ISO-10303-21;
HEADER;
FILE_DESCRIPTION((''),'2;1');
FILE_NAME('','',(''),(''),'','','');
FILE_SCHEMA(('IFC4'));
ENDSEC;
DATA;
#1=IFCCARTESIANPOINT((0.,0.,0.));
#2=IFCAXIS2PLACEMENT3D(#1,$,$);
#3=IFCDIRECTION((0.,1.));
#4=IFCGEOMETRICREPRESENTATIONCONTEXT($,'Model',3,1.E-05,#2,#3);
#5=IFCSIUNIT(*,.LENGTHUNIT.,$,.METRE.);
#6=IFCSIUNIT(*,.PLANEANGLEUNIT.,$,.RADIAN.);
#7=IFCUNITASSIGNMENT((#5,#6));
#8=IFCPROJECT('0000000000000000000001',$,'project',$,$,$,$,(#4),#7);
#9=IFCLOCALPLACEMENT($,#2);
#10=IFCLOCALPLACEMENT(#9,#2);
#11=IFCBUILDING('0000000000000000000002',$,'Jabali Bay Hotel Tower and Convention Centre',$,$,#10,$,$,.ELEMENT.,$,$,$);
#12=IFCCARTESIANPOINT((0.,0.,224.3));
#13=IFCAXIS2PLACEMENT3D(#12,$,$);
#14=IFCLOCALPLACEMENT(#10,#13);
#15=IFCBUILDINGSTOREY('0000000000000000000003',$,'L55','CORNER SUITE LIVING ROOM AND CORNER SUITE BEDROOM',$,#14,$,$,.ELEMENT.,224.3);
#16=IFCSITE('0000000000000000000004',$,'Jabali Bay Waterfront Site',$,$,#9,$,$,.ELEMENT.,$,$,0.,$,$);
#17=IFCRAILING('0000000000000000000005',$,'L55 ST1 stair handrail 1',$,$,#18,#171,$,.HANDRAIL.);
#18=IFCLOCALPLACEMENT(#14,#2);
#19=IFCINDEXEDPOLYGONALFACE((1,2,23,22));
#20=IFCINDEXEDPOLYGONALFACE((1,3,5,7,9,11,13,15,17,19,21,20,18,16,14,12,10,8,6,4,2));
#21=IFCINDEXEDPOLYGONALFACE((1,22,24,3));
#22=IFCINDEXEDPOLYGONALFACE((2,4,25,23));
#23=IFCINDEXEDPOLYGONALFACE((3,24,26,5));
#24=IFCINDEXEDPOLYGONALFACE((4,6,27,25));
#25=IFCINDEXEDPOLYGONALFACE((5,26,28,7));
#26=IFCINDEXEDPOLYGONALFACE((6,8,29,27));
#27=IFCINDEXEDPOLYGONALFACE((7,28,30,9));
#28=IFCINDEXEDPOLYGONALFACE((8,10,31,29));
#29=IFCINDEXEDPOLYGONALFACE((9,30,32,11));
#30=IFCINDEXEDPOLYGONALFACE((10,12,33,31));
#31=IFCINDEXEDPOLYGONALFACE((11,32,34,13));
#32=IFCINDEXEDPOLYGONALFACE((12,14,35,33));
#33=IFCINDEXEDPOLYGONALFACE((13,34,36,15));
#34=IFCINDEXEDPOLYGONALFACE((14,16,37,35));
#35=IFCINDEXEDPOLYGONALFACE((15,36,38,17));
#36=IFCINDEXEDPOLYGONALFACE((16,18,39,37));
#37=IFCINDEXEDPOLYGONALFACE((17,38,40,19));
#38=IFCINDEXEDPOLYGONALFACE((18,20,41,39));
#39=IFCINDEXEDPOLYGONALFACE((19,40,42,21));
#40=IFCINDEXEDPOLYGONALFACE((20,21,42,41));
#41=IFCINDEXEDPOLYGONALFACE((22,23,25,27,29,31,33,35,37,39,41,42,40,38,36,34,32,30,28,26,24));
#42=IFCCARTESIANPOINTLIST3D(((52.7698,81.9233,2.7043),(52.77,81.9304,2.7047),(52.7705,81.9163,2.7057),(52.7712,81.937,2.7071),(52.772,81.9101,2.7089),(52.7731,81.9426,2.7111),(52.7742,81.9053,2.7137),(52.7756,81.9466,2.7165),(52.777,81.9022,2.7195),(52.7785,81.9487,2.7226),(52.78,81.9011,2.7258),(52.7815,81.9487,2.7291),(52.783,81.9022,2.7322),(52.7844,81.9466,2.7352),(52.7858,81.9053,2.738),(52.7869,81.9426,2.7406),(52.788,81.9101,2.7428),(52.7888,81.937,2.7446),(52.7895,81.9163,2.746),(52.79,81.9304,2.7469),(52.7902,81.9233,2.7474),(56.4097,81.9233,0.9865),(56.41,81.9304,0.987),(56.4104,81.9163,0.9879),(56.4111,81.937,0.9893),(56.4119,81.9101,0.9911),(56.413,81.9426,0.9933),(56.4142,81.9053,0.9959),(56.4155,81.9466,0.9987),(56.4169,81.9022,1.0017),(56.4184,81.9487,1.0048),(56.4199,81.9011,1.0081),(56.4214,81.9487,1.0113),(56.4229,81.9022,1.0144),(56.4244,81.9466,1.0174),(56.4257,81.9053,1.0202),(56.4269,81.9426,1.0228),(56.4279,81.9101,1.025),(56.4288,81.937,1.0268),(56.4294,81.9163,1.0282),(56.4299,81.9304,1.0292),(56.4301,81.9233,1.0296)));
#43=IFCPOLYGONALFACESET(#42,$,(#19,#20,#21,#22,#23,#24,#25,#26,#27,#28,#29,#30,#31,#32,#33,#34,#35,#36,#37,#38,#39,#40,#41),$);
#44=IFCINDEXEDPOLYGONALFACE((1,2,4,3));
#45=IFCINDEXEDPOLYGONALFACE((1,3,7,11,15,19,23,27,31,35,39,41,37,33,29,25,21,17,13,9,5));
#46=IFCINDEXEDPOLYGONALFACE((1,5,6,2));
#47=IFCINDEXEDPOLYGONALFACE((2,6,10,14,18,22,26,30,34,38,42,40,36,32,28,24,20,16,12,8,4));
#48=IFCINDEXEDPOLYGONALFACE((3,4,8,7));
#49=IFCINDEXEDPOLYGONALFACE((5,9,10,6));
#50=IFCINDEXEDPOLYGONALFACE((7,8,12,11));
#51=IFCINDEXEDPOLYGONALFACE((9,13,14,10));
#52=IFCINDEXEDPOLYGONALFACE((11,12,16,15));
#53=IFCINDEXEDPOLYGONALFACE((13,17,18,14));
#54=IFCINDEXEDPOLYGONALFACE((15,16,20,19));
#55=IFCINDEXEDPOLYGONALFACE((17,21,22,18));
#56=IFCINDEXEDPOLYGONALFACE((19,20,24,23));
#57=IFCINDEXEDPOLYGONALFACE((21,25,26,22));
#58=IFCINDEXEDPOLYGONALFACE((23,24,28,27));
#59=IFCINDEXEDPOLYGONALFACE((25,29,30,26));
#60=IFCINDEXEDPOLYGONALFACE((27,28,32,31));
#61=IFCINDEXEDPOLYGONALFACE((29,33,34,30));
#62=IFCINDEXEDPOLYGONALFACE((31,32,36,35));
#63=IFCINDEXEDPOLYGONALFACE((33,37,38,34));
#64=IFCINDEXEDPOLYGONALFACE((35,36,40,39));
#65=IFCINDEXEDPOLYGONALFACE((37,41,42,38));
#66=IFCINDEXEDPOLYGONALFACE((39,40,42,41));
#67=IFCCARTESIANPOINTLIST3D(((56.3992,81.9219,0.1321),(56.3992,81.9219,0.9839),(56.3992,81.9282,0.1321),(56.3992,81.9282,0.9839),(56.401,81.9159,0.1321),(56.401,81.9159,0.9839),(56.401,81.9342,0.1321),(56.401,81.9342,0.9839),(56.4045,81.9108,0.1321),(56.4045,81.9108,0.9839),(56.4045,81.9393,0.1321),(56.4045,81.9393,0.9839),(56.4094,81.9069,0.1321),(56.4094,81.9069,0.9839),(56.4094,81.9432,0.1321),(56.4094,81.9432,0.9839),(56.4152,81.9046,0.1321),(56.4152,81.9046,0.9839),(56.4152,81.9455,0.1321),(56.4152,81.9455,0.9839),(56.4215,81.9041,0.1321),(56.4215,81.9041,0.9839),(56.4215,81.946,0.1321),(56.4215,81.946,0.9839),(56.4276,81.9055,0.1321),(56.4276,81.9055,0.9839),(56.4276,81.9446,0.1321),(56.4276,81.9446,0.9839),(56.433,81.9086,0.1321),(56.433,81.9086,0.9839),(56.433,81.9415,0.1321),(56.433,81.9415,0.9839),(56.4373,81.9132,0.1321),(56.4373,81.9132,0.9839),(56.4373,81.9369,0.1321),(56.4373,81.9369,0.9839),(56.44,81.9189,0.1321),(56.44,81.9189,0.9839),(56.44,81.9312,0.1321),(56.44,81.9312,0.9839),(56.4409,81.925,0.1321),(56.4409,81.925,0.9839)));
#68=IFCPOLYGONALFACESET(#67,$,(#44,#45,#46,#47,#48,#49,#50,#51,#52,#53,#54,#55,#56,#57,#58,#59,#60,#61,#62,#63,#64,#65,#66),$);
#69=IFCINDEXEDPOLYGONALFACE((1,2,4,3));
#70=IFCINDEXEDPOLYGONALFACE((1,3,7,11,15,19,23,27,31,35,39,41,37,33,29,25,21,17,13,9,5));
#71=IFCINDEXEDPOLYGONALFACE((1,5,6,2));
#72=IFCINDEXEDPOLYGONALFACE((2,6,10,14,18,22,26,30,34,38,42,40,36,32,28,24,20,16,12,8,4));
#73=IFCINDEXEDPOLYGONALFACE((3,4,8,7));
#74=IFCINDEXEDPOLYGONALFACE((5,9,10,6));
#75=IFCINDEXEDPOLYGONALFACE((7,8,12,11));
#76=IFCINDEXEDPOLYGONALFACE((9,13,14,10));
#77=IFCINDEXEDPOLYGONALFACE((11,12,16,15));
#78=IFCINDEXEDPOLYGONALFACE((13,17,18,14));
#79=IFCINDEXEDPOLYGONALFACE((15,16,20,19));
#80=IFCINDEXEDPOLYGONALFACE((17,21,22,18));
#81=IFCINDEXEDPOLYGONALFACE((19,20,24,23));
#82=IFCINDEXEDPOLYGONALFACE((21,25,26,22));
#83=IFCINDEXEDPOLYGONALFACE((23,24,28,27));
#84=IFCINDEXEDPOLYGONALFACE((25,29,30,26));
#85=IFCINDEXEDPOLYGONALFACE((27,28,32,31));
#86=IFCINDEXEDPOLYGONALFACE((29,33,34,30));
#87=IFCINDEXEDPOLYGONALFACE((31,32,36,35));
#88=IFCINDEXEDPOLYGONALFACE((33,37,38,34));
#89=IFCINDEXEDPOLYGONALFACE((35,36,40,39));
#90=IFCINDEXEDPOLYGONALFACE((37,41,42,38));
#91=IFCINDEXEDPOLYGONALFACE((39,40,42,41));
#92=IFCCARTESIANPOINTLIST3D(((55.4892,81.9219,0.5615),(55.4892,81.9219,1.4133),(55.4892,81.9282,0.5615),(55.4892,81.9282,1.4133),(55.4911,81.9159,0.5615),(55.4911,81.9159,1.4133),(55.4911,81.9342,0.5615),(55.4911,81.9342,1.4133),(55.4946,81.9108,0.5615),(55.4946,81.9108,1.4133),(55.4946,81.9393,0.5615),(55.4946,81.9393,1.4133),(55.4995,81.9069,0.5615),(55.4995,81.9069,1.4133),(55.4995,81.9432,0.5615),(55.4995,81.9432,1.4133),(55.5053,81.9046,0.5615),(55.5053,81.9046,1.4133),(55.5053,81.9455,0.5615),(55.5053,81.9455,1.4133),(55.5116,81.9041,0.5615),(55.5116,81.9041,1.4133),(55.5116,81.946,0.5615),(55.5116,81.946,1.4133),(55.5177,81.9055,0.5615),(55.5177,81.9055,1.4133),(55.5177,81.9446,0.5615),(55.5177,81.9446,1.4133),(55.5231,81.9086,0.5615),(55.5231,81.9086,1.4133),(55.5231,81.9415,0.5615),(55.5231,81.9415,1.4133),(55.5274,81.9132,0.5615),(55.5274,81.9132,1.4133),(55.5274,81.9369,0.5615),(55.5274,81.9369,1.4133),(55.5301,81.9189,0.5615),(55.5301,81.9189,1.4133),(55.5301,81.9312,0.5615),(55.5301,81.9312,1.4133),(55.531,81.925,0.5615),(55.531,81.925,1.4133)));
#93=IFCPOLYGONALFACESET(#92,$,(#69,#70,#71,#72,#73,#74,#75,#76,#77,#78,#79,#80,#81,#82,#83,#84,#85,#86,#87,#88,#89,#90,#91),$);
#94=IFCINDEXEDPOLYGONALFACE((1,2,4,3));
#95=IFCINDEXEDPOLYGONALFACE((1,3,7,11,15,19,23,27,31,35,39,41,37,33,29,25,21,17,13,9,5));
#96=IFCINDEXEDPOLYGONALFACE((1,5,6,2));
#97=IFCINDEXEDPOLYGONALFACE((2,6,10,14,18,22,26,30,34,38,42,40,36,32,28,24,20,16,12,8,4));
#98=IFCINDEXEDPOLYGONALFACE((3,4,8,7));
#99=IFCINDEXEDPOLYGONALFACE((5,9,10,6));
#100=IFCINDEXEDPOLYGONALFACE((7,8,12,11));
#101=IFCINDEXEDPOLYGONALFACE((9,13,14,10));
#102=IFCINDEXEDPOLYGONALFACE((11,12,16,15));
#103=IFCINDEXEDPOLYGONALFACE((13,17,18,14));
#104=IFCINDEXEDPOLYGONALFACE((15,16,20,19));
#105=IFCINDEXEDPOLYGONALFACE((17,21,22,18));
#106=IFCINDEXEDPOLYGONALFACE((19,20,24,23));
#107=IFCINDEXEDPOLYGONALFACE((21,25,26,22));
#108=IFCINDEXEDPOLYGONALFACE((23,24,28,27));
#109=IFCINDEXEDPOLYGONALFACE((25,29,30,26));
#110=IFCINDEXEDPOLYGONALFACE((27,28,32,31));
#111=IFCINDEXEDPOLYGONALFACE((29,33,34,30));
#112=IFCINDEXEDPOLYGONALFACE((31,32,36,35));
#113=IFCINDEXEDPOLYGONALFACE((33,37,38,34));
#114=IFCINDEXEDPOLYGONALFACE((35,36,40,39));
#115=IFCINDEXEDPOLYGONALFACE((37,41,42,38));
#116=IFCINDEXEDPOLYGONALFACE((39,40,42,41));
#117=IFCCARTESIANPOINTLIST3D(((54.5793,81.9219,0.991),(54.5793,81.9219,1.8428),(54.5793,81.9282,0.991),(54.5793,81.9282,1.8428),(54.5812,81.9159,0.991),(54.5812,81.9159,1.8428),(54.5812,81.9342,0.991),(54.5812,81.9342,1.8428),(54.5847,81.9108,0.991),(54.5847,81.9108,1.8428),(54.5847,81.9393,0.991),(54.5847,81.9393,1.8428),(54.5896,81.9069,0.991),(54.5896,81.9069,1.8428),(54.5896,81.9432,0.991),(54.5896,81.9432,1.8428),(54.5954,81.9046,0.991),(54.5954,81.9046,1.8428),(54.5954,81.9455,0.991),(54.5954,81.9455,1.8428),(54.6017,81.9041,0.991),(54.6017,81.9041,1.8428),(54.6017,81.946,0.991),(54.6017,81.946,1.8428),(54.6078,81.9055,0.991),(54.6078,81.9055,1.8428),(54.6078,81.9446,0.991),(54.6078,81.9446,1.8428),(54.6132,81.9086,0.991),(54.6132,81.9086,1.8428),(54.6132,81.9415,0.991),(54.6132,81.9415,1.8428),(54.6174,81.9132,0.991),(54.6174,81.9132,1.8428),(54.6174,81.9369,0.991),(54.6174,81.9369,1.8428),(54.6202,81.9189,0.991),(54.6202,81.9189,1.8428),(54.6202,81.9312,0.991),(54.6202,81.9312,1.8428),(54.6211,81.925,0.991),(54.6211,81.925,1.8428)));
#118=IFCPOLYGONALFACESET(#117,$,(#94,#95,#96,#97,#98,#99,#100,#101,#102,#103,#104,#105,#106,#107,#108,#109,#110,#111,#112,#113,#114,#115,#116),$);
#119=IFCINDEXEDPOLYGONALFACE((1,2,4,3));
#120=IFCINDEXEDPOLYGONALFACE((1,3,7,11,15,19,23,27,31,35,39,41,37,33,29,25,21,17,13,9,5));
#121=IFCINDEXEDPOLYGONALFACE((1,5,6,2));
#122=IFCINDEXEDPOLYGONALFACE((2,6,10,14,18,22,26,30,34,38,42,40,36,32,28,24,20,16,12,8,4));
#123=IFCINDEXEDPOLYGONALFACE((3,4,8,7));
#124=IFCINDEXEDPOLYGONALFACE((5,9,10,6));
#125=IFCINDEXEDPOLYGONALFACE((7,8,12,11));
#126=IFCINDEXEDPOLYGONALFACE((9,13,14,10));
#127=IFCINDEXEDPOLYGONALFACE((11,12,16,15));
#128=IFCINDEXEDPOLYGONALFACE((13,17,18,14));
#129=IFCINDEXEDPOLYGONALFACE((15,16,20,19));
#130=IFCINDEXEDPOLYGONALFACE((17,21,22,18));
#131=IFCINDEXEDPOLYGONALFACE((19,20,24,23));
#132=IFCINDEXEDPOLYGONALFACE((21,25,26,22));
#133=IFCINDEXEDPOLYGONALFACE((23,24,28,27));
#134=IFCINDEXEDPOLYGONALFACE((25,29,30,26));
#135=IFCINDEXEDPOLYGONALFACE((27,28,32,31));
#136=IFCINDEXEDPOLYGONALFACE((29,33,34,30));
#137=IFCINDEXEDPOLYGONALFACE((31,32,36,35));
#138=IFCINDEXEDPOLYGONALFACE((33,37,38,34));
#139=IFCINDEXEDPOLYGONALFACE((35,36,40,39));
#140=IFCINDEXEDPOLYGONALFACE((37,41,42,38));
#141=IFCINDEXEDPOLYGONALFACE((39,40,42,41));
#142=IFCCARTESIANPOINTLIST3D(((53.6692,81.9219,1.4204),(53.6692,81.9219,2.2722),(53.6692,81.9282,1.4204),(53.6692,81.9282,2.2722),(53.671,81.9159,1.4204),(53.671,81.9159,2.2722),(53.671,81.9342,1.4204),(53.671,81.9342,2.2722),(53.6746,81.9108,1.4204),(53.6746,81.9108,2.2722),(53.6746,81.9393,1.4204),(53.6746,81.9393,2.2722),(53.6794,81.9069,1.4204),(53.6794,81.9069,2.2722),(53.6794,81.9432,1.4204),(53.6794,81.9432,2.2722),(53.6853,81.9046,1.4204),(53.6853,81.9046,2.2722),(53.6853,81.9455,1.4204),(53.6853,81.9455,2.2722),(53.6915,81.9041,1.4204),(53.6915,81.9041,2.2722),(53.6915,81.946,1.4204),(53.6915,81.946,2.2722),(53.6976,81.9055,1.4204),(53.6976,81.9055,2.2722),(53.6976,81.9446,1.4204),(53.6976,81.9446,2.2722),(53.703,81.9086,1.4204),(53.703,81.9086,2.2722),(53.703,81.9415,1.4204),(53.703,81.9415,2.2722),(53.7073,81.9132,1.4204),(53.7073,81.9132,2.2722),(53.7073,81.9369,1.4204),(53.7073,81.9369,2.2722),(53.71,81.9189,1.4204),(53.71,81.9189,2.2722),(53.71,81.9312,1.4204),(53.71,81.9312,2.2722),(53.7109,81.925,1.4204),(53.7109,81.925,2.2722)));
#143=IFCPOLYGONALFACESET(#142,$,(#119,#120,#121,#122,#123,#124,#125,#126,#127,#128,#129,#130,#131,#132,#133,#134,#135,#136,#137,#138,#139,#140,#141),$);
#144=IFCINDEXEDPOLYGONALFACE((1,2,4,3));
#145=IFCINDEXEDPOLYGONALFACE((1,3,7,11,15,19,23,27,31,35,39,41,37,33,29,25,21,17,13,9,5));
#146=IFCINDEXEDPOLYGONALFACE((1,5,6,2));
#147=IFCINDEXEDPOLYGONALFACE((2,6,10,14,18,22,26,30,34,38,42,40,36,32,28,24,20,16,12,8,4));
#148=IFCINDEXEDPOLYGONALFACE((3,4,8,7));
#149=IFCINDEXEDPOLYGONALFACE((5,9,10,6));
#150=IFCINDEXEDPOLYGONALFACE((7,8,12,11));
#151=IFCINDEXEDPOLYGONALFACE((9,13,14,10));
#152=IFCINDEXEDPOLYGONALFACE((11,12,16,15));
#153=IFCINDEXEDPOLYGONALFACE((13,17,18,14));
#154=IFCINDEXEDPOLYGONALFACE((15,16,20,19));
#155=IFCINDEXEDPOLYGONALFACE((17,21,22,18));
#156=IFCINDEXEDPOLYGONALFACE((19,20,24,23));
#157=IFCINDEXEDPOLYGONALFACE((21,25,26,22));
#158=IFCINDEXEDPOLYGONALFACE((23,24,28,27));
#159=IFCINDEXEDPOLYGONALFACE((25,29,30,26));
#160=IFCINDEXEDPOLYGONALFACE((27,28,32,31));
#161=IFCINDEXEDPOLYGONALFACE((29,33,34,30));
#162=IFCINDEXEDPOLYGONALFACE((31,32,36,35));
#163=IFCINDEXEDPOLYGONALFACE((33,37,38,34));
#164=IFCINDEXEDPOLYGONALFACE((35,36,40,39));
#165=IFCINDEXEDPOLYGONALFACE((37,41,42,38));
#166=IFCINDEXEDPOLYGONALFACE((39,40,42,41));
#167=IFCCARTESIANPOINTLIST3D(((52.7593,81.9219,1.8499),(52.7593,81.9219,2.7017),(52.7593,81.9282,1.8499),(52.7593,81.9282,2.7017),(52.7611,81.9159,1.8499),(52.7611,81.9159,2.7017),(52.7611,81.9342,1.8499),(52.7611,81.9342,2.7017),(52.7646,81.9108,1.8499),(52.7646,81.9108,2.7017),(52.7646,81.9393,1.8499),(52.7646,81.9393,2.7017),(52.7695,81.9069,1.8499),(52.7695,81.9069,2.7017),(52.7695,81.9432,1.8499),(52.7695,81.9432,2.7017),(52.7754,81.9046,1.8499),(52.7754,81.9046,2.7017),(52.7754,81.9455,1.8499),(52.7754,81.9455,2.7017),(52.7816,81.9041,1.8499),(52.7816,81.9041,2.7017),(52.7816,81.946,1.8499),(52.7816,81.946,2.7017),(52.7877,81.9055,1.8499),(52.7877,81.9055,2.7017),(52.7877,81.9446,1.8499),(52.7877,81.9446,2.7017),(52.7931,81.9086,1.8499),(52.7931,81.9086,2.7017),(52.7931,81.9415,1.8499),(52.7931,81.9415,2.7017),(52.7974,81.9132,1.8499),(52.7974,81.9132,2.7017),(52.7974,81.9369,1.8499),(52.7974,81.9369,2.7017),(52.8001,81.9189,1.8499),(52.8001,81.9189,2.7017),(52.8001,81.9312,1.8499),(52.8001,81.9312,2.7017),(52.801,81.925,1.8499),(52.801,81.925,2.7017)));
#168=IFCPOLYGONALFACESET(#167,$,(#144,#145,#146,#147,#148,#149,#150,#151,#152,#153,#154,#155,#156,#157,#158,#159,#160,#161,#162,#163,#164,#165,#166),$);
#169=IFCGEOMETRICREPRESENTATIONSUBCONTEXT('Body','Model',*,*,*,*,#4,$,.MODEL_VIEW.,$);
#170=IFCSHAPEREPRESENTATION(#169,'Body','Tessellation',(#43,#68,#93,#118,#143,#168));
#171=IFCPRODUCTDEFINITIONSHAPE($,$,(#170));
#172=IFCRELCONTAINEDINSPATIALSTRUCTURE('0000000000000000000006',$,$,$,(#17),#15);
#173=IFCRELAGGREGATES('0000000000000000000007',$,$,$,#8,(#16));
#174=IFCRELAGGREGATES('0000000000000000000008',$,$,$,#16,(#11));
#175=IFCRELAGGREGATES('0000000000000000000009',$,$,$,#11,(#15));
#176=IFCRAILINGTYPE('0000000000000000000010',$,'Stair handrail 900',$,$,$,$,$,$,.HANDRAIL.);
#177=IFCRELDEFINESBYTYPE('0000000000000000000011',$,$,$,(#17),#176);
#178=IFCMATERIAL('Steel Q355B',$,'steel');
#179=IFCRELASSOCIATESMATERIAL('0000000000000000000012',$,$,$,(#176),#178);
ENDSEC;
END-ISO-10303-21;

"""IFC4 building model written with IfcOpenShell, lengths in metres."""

from ifc_helpers import new_model, si_unit, direction, frame, origin, origin_2d, place, context, subcontext, project, spatial, circle, extrude, material, type_object, element, save


model = new_model("IFC4")

# Units and contexts
model_context = context("Model", 3, precision=1e-05, world=origin(), true_north=direction((0.0, 1.0)))
body_context = subcontext(model_context, "Body", "Model", "MODEL_VIEW")
ifc_project = project(units=[si_unit("LENGTHUNIT", "METRE"), si_unit("PLANEANGLEUNIT", "RADIAN")], contexts=[model_context])

# Site, building, storey
site_placement = place(None, origin())
site = spatial("IfcSite", under=ifc_project, at=site_placement, Name="Jabali Bay Waterfront Site", CompositionType="ELEMENT", RefElevation=0.0)
building_placement = place(site_placement, origin())
building = spatial("IfcBuilding", under=site, at=building_placement, Name="Jabali Bay Hotel Tower and Convention Centre", CompositionType="ELEMENT")
storey_placement = place(building_placement, frame((0.0, 0.0, 224.3)))
storey = spatial("IfcBuildingStorey", under=building, at=storey_placement, Name="L55", Description="CORNER SUITE LIVING ROOM AND CORNER SUITE BEDROOM", CompositionType="ELEMENT", Elevation=224.3)

# Railing
ifc_material_1 = material(Name="Steel Q355B", Category="steel")
railing_type_1 = type_object("IfcRailingType", Name="Stair handrail 900", PredefinedType="HANDRAIL", material=ifc_material_1)
railing_1_placement = place(storey_placement, frame((56.4199, 81.925, 0.1321)))
element("IfcRailing", 1, at=railing_1_placement, inside=storey, type_object=railing_type_1, Name="L55 ST1 stair handrail 1", PredefinedType="HANDRAIL", context=body_context, shape_type="SweptSolid", body=[
    extrude(circle(Radius=0.0239, at=origin_2d()), frame((0.0, 0.0, 0.876), z_axis=(-0.904351, 0.0, 0.42679), x_axis=(0.0, -1.0, 0.0)), (0.0, 0.0, 1.0), 4.0249),
    extrude(circle(Radius=0.021, at=origin_2d()), origin(), (0.0, 0.0, 1.0), 0.8518),
    extrude(circle(Radius=0.021, at=origin_2d()), frame((-0.9099, 0.0, 0.4294)), (0.0, 0.0, 1.0), 0.8518),
    extrude(circle(Radius=0.021, at=origin_2d()), frame((-1.8198, 0.0, 0.8589)), (0.0, 0.0, 1.0), 0.8518),
    extrude(circle(Radius=0.021, at=origin_2d()), frame((-2.73, 0.0, 1.2883)), (0.0, 0.0, 1.0), 0.8518),
    extrude(circle(Radius=0.021, at=origin_2d()), frame((-3.6399, 0.0, 1.7178)), (0.0, 0.0, 1.0), 0.8518),
])

save(model, "model.ifc")
